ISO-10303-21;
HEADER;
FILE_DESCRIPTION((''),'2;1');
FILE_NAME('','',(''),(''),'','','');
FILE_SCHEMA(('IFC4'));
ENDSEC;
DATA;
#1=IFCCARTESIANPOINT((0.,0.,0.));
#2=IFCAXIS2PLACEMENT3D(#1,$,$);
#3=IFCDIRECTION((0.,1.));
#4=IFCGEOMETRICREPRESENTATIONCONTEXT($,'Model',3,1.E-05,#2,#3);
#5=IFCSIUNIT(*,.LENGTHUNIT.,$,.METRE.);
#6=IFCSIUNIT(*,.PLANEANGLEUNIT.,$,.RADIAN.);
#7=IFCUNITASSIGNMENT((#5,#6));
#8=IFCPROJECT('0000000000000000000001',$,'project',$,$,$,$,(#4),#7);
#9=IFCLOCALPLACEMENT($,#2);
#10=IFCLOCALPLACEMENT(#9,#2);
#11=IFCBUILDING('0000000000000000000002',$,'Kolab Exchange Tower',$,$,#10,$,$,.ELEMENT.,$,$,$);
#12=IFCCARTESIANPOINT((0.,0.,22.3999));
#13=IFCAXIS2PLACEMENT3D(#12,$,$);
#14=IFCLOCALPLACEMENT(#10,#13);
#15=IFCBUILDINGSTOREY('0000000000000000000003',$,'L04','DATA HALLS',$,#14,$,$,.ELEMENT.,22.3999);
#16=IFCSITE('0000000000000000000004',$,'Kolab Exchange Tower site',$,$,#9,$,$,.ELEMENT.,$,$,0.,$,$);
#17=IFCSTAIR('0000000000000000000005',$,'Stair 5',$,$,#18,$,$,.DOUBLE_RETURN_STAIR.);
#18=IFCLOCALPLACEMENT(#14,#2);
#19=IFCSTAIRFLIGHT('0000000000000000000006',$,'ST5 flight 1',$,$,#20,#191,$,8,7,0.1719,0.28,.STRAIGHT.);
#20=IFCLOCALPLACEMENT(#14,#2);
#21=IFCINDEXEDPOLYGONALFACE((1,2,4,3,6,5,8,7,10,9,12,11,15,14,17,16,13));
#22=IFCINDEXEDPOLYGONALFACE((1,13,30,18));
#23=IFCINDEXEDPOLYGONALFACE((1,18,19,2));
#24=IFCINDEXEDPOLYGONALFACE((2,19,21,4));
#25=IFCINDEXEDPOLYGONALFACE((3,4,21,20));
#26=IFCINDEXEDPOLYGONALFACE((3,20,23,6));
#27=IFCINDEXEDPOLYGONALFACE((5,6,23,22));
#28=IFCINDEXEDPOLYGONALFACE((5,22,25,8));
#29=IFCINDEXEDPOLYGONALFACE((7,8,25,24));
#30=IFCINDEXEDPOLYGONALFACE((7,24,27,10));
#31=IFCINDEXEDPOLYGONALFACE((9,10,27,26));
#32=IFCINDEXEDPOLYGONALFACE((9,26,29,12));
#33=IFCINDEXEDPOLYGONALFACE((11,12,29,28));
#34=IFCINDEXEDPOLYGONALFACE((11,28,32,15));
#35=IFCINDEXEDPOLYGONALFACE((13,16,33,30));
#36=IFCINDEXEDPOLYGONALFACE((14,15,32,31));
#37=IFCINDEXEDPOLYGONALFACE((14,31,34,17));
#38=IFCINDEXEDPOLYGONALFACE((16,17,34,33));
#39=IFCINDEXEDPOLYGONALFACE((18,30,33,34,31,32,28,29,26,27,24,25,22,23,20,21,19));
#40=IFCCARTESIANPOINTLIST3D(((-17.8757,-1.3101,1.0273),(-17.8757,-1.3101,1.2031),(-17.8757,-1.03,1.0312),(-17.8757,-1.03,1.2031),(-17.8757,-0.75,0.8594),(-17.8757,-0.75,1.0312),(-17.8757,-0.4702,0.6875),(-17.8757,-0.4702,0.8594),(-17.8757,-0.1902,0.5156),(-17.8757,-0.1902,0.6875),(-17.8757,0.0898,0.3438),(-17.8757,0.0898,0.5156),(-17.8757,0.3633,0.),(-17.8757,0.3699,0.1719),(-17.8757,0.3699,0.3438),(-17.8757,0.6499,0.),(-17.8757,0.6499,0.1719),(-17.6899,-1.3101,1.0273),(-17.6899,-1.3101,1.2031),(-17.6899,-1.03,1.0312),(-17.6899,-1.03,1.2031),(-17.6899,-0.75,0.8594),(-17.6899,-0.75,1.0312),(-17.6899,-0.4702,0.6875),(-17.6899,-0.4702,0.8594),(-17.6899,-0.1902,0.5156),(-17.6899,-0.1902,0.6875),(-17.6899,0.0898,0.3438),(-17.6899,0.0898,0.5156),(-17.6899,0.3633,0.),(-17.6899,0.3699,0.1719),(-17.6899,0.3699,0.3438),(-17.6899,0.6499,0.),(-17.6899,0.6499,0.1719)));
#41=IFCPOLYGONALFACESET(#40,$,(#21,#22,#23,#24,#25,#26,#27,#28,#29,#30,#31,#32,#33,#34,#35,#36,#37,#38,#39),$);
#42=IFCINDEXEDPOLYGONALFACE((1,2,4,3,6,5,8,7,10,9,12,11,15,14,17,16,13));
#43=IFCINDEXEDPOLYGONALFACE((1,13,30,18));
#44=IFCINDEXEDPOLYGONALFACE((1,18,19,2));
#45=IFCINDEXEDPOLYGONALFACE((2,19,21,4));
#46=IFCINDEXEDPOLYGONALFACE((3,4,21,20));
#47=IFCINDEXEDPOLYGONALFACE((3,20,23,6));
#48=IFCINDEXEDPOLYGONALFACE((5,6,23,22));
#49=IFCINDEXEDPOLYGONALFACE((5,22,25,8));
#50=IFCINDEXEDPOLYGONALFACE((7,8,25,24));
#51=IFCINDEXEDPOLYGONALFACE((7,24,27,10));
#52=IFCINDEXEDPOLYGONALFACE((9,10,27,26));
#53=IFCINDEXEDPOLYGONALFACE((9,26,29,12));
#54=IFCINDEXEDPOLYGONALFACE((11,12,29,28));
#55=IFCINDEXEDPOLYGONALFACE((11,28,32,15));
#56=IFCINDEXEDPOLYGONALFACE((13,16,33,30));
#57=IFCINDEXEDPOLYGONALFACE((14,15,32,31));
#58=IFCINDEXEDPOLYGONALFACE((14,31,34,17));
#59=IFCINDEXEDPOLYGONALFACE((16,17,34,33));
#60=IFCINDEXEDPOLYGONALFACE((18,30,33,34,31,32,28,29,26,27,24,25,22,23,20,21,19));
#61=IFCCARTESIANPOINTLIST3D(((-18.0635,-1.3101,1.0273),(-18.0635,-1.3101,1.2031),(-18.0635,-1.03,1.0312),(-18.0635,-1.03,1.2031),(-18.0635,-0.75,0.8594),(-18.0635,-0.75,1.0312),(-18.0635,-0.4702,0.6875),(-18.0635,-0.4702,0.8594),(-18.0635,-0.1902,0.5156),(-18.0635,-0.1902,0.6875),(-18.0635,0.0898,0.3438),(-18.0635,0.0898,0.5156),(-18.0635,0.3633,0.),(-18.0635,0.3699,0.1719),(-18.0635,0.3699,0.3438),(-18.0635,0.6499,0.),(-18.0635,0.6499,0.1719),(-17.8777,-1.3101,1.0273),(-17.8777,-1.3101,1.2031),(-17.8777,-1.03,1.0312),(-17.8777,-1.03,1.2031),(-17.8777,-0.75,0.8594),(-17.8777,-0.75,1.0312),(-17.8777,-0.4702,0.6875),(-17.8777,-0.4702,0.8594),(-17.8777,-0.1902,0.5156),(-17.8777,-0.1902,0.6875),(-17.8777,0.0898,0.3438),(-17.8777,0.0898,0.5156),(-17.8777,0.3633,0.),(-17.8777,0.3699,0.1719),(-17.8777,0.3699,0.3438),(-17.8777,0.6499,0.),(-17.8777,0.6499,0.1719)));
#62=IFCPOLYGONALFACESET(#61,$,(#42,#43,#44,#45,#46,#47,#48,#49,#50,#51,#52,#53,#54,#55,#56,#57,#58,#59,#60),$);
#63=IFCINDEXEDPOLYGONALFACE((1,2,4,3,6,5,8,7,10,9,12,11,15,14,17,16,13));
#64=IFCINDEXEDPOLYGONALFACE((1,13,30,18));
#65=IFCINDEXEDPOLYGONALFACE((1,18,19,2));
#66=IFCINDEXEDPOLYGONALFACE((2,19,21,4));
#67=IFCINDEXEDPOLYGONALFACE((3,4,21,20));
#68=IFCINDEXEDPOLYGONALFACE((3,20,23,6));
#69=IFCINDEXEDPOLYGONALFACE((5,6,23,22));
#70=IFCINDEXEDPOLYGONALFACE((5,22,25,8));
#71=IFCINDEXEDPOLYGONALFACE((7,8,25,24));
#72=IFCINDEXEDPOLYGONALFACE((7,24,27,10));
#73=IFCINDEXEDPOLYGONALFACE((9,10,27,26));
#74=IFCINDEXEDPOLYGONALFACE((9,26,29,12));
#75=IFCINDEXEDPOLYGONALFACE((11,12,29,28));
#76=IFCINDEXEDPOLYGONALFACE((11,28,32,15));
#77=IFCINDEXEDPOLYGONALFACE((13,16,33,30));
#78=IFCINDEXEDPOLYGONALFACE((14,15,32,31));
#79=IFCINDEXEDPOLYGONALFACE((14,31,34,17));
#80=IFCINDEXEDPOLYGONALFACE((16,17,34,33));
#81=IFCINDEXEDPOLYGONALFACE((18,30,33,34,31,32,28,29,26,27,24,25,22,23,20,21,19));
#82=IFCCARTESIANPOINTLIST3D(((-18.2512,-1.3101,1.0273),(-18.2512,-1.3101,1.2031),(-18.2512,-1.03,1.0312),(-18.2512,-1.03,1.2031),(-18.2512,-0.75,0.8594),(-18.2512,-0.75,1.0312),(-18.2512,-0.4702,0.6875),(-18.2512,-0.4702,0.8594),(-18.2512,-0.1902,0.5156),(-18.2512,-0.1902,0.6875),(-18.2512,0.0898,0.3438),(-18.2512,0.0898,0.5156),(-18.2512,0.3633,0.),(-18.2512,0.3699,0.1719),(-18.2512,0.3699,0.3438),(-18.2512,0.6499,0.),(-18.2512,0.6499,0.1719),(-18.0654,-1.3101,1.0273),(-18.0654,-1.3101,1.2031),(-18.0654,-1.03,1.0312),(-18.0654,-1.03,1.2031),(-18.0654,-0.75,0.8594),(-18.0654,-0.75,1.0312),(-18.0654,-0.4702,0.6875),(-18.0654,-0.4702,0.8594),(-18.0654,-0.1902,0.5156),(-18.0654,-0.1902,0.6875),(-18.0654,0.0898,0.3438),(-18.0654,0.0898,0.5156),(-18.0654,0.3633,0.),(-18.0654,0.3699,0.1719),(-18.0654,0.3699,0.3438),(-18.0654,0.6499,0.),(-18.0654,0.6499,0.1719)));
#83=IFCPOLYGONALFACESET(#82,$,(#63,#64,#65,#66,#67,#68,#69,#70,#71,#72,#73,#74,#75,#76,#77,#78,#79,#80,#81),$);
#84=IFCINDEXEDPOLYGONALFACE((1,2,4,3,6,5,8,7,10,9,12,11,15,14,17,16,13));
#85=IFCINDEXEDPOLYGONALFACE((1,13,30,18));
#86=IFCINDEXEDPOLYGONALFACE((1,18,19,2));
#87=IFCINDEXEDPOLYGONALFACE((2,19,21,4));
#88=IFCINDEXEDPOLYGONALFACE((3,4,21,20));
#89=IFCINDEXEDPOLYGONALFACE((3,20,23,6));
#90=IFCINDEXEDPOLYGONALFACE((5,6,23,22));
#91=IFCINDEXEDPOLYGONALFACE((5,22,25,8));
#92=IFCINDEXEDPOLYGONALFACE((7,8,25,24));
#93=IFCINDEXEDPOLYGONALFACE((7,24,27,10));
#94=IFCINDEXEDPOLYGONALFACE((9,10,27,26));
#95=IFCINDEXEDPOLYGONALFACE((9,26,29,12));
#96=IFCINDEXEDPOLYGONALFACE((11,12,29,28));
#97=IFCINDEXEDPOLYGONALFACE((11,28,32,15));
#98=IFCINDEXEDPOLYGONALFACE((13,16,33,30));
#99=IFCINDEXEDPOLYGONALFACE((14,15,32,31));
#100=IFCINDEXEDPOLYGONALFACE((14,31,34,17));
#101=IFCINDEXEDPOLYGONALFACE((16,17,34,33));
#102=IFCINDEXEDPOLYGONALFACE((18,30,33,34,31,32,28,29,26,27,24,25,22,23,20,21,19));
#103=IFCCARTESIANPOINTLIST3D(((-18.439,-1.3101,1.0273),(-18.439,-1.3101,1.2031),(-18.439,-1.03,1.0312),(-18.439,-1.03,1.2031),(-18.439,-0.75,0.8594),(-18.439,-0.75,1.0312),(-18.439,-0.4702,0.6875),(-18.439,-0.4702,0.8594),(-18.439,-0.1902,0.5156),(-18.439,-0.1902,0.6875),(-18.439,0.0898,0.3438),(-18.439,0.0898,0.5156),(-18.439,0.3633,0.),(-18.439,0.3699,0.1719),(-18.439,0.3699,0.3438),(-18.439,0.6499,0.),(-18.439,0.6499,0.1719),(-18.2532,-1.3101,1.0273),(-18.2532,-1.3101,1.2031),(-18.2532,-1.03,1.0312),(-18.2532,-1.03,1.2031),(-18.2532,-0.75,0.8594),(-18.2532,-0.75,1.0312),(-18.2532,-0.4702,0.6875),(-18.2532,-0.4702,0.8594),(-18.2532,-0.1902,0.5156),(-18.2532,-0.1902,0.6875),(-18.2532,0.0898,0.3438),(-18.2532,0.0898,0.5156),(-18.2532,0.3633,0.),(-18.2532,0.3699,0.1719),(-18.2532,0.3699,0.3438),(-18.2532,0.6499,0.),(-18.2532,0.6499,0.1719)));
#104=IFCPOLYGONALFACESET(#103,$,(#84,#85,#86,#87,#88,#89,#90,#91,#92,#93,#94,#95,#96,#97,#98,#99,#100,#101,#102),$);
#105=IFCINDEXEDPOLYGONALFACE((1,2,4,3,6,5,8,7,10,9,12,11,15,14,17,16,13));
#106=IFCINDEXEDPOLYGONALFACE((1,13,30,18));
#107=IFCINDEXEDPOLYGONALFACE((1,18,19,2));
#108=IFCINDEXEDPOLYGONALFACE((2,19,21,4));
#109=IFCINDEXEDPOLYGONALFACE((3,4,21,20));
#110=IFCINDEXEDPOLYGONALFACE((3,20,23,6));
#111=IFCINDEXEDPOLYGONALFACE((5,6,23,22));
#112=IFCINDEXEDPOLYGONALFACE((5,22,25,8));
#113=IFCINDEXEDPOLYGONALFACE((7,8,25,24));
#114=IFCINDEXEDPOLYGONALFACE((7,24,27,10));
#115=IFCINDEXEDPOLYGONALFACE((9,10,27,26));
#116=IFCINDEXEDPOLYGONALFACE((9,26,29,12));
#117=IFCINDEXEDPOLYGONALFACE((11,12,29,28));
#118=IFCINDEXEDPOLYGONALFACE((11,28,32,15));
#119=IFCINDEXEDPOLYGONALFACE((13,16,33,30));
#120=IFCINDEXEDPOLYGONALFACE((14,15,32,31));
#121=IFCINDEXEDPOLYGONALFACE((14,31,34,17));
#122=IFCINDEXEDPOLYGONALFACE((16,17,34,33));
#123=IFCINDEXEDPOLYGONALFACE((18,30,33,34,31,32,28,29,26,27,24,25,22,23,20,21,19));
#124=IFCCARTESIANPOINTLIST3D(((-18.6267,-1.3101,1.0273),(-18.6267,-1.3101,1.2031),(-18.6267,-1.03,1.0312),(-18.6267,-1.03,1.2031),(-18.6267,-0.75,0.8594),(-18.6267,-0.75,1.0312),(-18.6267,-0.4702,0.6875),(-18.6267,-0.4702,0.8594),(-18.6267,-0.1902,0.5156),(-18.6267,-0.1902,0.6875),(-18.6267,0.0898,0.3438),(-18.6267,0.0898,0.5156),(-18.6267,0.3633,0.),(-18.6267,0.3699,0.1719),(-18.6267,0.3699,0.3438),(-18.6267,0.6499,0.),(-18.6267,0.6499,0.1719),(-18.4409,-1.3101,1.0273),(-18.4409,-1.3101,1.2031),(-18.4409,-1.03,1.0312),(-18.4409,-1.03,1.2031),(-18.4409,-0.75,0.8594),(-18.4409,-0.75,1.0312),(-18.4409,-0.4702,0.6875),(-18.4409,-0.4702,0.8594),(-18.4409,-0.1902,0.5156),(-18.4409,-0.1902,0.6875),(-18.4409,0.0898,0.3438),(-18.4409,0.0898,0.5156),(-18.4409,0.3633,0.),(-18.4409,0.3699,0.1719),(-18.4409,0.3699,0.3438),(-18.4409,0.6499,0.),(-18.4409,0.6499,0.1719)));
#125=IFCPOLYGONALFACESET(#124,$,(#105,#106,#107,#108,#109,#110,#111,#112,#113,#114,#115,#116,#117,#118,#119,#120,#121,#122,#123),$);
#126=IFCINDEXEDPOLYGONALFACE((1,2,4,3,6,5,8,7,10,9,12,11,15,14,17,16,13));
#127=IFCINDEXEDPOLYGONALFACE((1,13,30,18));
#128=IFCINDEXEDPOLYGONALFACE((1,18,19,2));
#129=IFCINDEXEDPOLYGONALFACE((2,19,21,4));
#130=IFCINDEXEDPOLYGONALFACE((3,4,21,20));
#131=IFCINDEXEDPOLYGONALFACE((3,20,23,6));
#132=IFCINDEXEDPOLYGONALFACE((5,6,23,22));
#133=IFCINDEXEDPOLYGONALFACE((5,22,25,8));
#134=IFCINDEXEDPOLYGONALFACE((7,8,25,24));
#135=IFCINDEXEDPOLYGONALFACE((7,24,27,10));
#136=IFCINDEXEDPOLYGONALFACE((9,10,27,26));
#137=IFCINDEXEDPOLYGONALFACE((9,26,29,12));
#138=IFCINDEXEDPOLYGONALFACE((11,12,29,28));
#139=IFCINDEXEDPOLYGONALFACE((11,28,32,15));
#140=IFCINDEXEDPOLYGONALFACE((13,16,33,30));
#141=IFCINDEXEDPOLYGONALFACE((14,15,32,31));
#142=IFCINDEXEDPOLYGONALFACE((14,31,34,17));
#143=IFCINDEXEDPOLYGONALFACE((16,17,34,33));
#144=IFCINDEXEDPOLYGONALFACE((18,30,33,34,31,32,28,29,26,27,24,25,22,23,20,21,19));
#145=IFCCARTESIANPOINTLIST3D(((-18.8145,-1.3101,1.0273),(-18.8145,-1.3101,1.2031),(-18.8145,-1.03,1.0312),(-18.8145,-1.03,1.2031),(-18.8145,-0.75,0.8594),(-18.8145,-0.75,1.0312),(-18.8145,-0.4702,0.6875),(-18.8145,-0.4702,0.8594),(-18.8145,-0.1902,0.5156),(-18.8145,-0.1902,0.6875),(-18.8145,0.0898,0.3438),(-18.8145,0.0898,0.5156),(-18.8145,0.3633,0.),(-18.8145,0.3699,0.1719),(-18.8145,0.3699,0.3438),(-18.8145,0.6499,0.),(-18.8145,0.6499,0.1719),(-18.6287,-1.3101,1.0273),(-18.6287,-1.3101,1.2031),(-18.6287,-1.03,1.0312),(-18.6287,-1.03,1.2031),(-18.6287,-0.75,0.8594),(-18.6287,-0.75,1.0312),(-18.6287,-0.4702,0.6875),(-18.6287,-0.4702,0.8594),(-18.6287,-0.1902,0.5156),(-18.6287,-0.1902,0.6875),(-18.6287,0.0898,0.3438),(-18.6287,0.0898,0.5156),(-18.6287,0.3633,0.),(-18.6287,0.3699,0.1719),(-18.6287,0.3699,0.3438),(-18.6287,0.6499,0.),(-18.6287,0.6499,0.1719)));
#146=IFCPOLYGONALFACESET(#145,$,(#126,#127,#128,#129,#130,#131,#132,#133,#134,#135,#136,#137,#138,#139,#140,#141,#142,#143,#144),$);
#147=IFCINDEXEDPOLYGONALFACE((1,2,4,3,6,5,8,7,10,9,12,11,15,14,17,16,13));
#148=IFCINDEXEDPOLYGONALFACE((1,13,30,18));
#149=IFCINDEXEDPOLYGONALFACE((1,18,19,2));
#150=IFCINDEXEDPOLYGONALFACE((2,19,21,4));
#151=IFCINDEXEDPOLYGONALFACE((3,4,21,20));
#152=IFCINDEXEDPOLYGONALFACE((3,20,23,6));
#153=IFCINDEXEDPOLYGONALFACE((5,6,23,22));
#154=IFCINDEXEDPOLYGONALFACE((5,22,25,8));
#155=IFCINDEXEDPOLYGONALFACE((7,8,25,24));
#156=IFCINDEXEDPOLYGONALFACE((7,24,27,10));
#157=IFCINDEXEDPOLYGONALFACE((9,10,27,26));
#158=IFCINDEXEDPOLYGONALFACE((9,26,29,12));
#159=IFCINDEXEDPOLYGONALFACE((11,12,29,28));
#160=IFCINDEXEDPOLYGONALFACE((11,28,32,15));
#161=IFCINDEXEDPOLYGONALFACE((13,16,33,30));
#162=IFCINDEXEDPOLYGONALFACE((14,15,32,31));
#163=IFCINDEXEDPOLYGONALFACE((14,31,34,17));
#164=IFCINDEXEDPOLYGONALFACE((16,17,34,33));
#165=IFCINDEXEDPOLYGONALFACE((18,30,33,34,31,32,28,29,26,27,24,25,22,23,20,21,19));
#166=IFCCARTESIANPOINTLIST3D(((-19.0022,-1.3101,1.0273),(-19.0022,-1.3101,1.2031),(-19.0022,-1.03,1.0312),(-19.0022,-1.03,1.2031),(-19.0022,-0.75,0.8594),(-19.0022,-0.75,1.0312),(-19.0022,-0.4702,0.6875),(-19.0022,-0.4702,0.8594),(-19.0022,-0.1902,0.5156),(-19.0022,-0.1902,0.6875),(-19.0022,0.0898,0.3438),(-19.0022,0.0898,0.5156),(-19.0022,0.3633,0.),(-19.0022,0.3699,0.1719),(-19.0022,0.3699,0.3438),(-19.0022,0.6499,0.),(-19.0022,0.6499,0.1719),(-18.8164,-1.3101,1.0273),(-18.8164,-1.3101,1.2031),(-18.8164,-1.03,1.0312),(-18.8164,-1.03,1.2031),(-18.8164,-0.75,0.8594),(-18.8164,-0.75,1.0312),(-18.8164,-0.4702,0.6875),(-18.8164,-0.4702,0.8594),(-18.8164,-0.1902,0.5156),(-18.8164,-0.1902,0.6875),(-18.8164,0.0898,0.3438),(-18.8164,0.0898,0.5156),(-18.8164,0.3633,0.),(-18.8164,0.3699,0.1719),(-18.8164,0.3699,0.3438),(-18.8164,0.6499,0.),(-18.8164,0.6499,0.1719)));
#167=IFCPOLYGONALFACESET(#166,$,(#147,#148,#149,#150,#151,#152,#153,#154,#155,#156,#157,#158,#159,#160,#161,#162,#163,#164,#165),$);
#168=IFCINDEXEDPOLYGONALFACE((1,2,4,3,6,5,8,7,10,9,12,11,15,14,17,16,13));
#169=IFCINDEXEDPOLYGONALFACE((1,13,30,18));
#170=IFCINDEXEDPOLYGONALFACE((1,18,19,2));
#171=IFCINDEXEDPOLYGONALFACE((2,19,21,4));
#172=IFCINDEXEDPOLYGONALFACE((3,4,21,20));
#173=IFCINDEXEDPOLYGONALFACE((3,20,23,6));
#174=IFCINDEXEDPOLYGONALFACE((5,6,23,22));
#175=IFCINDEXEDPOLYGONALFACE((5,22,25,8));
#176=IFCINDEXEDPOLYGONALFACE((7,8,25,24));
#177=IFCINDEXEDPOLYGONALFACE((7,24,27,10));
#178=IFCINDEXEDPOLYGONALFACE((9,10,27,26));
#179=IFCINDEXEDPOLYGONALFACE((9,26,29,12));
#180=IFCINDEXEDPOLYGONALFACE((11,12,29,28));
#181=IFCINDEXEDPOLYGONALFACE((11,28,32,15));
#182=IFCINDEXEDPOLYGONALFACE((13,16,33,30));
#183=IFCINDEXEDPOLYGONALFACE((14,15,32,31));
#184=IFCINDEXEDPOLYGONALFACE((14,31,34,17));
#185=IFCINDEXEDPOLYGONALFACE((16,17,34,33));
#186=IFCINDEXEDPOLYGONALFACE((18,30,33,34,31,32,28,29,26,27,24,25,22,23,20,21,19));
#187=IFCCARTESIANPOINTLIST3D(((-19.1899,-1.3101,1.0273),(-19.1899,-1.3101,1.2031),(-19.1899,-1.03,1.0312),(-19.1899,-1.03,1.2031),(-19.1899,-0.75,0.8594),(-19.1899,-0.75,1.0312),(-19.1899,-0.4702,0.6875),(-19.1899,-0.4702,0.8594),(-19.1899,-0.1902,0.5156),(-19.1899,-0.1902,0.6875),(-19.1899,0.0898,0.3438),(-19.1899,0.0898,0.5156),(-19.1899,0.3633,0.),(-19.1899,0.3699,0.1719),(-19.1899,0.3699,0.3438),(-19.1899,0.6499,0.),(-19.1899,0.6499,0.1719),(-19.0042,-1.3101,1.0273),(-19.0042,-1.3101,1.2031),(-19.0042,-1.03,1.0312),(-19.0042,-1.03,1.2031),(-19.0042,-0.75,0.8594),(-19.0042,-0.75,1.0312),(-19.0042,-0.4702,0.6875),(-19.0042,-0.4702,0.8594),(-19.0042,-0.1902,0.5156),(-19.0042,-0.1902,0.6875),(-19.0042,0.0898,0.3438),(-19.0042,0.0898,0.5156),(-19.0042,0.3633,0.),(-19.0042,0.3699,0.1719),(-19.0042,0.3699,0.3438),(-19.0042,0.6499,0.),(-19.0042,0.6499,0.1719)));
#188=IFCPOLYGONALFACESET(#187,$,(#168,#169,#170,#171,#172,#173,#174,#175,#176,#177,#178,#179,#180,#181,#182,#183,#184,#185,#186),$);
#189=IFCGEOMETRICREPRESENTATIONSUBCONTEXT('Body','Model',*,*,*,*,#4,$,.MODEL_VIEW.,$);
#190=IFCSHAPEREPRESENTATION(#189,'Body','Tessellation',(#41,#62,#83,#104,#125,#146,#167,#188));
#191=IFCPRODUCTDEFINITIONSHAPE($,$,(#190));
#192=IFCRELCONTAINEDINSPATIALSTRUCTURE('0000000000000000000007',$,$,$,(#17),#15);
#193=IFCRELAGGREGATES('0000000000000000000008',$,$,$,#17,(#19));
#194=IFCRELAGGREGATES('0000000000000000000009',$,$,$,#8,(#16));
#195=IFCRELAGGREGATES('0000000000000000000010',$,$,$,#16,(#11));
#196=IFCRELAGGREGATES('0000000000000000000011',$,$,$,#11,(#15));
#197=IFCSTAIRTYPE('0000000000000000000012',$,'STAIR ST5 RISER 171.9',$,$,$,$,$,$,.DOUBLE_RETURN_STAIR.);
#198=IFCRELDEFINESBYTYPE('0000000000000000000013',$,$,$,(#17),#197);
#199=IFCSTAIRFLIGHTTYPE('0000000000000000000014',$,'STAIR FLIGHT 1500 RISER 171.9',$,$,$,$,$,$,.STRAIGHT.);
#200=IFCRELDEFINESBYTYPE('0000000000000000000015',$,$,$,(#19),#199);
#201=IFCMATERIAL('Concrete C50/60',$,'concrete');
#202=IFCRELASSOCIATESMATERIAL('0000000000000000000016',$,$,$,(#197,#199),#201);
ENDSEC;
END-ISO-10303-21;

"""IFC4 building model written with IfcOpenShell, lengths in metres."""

from ifc_helpers import new_model, si_unit, direction, frame, origin, place, context, subcontext, project, spatial, polyline, outline, extrude, material, type_object, element, aggregate, save


model = new_model("IFC4")

# Units and contexts
model_context = context("Model", 3, precision=1e-05, world=origin(), true_north=direction((0.0, 1.0)))
body_context = subcontext(model_context, "Body", "Model", "MODEL_VIEW")
ifc_project = project(units=[si_unit("LENGTHUNIT", "METRE"), si_unit("PLANEANGLEUNIT", "RADIAN")], contexts=[model_context])

# Site, building, storey
site_placement = place(None, origin())
site = spatial("IfcSite", under=ifc_project, at=site_placement, Name="Kolab Exchange Tower site", CompositionType="ELEMENT", RefElevation=0.0)
building_placement = place(site_placement, origin())
building = spatial("IfcBuilding", under=site, at=building_placement, Name="Kolab Exchange Tower", CompositionType="ELEMENT")
storey_placement = place(building_placement, frame((0.0, 0.0, 22.3999)))
storey = spatial("IfcBuildingStorey", under=building, at=storey_placement, Name="L04", Description="DATA HALLS", CompositionType="ELEMENT", Elevation=22.3999)

# Shared definitions
ifc_material_1 = material(Name="Concrete C50/60", Category="concrete")

# Stair, stair flight
stair_type = type_object("IfcStairType", Name="STAIR ST5 RISER 171.9", PredefinedType="DOUBLE_RETURN_STAIR", material=ifc_material_1)
stair_placement = place(storey_placement, origin())
stair = element("IfcStair", 1, at=stair_placement, inside=storey, type_object=stair_type, Name="Stair 5", PredefinedType="DOUBLE_RETURN_STAIR")
stair_flight_type = type_object("IfcStairFlightType", Name="STAIR FLIGHT 1500 RISER 171.9", PredefinedType="STRAIGHT", material=ifc_material_1)
stair_flight_1_placement = place(storey_placement, frame((-18.4399, 0.6499, 0.0), z_axis=(0.0, 0.0, 1.0), x_axis=(0.0, -1.0, 0.0)))
stair_flight_1 = element("IfcStairFlight", 2, at=stair_flight_1_placement, type_object=stair_flight_type, Name="ST5 flight 1", NumberOfRisers=8, NumberOfTreads=7, PredefinedType="STRAIGHT", RiserHeight=0.1719, TreadLength=0.28, context=body_context, shape_type="SweptSolid", body=[
    extrude(outline(polyline([(0.0, 0.0), (0.0, 0.1719), (0.28, 0.1719), (0.28, 0.3438), (0.5601, 0.3438), (0.5601, 0.5156), (0.8401, 0.5156), (0.8401, 0.6875), (1.1201, 0.6875), (1.1201, 0.8594), (1.3999, 0.8594), (1.3999, 1.0312), (1.6799, 1.0312), (1.6799, 1.2031), (1.96, 1.2031), (1.96, 1.375), (1.96, 1.0273), (0.2866, 0.0), (0.0, 0.0)])), frame((0.0, 0.75, 0.0), z_axis=(0.0, -1.0, 0.0), x_axis=(1.0, 0.0, 0.0)), (0.0, 0.0, 1.0), 0.1858),
    extrude(outline(polyline([(0.0, 0.0), (0.0, 0.1719), (0.28, 0.1719), (0.28, 0.3438), (0.5601, 0.3438), (0.5601, 0.5156), (0.8401, 0.5156), (0.8401, 0.6875), (1.1201, 0.6875), (1.1201, 0.8594), (1.3999, 0.8594), (1.3999, 1.0312), (1.6799, 1.0312), (1.6799, 1.2031), (1.96, 1.2031), (1.96, 1.375), (1.96, 1.0273), (0.2866, 0.0), (0.0, 0.0)])), frame((0.0, 0.5623, 0.0), z_axis=(0.0, -1.0, 0.0), x_axis=(1.0, 0.0, 0.0)), (0.0, 0.0, 1.0), 0.1858),
    extrude(outline(polyline([(0.0, 0.0), (0.0, 0.1719), (0.28, 0.1719), (0.28, 0.3438), (0.5601, 0.3438), (0.5601, 0.5156), (0.8401, 0.5156), (0.8401, 0.6875), (1.1201, 0.6875), (1.1201, 0.8594), (1.3999, 0.8594), (1.3999, 1.0312), (1.6799, 1.0312), (1.6799, 1.2031), (1.96, 1.2031), (1.96, 1.375), (1.96, 1.0273), (0.2866, 0.0), (0.0, 0.0)])), frame((0.0, 0.3745, 0.0), z_axis=(0.0, -1.0, 0.0), x_axis=(1.0, 0.0, 0.0)), (0.0, 0.0, 1.0), 0.1858),
    extrude(outline(polyline([(0.0, 0.0), (0.0, 0.1719), (0.28, 0.1719), (0.28, 0.3438), (0.5601, 0.3438), (0.5601, 0.5156), (0.8401, 0.5156), (0.8401, 0.6875), (1.1201, 0.6875), (1.1201, 0.8594), (1.3999, 0.8594), (1.3999, 1.0312), (1.6799, 1.0312), (1.6799, 1.2031), (1.96, 1.2031), (1.96, 1.375), (1.96, 1.0273), (0.2866, 0.0), (0.0, 0.0)])), frame((0.0, 0.1868, 0.0), z_axis=(0.0, -1.0, 0.0), x_axis=(1.0, 0.0, 0.0)), (0.0, 0.0, 1.0), 0.1858),
    extrude(outline(polyline([(0.0, 0.0), (0.0, 0.1719), (0.28, 0.1719), (0.28, 0.3438), (0.5601, 0.3438), (0.5601, 0.5156), (0.8401, 0.5156), (0.8401, 0.6875), (1.1201, 0.6875), (1.1201, 0.8594), (1.3999, 0.8594), (1.3999, 1.0312), (1.6799, 1.0312), (1.6799, 1.2031), (1.96, 1.2031), (1.96, 1.375), (1.96, 1.0273), (0.2866, 0.0), (0.0, 0.0)])), frame((0.0, -0.001, 0.0), z_axis=(0.0, -1.0, 0.0), x_axis=(1.0, 0.0, 0.0)), (0.0, 0.0, 1.0), 0.1858),
    extrude(outline(polyline([(0.0, 0.0), (0.0, 0.1719), (0.28, 0.1719), (0.28, 0.3438), (0.5601, 0.3438), (0.5601, 0.5156), (0.8401, 0.5156), (0.8401, 0.6875), (1.1201, 0.6875), (1.1201, 0.8594), (1.3999, 0.8594), (1.3999, 1.0312), (1.6799, 1.0312), (1.6799, 1.2031), (1.96, 1.2031), (1.96, 1.375), (1.96, 1.0273), (0.2866, 0.0), (0.0, 0.0)])), frame((0.0, -0.1887, 0.0), z_axis=(0.0, -1.0, 0.0), x_axis=(1.0, 0.0, 0.0)), (0.0, 0.0, 1.0), 0.1858),
    extrude(outline(polyline([(0.0, 0.0), (0.0, 0.1719), (0.28, 0.1719), (0.28, 0.3438), (0.5601, 0.3438), (0.5601, 0.5156), (0.8401, 0.5156), (0.8401, 0.6875), (1.1201, 0.6875), (1.1201, 0.8594), (1.3999, 0.8594), (1.3999, 1.0312), (1.6799, 1.0312), (1.6799, 1.2031), (1.96, 1.2031), (1.96, 1.375), (1.96, 1.0273), (0.2866, 0.0), (0.0, 0.0)])), frame((0.0, -0.3765, 0.0), z_axis=(0.0, -1.0, 0.0), x_axis=(1.0, 0.0, 0.0)), (0.0, 0.0, 1.0), 0.1858),
    extrude(outline(polyline([(0.0, 0.0), (0.0, 0.1719), (0.28, 0.1719), (0.28, 0.3438), (0.5601, 0.3438), (0.5601, 0.5156), (0.8401, 0.5156), (0.8401, 0.6875), (1.1201, 0.6875), (1.1201, 0.8594), (1.3999, 0.8594), (1.3999, 1.0312), (1.6799, 1.0312), (1.6799, 1.2031), (1.96, 1.2031), (1.96, 1.375), (1.96, 1.0273), (0.2866, 0.0), (0.0, 0.0)])), frame((0.0, -0.5642, 0.0), z_axis=(0.0, -1.0, 0.0), x_axis=(1.0, 0.0, 0.0)), (0.0, 0.0, 1.0), 0.1858),
])
aggregate(stair, [stair_flight_1])

save(model, "model.ifc")
